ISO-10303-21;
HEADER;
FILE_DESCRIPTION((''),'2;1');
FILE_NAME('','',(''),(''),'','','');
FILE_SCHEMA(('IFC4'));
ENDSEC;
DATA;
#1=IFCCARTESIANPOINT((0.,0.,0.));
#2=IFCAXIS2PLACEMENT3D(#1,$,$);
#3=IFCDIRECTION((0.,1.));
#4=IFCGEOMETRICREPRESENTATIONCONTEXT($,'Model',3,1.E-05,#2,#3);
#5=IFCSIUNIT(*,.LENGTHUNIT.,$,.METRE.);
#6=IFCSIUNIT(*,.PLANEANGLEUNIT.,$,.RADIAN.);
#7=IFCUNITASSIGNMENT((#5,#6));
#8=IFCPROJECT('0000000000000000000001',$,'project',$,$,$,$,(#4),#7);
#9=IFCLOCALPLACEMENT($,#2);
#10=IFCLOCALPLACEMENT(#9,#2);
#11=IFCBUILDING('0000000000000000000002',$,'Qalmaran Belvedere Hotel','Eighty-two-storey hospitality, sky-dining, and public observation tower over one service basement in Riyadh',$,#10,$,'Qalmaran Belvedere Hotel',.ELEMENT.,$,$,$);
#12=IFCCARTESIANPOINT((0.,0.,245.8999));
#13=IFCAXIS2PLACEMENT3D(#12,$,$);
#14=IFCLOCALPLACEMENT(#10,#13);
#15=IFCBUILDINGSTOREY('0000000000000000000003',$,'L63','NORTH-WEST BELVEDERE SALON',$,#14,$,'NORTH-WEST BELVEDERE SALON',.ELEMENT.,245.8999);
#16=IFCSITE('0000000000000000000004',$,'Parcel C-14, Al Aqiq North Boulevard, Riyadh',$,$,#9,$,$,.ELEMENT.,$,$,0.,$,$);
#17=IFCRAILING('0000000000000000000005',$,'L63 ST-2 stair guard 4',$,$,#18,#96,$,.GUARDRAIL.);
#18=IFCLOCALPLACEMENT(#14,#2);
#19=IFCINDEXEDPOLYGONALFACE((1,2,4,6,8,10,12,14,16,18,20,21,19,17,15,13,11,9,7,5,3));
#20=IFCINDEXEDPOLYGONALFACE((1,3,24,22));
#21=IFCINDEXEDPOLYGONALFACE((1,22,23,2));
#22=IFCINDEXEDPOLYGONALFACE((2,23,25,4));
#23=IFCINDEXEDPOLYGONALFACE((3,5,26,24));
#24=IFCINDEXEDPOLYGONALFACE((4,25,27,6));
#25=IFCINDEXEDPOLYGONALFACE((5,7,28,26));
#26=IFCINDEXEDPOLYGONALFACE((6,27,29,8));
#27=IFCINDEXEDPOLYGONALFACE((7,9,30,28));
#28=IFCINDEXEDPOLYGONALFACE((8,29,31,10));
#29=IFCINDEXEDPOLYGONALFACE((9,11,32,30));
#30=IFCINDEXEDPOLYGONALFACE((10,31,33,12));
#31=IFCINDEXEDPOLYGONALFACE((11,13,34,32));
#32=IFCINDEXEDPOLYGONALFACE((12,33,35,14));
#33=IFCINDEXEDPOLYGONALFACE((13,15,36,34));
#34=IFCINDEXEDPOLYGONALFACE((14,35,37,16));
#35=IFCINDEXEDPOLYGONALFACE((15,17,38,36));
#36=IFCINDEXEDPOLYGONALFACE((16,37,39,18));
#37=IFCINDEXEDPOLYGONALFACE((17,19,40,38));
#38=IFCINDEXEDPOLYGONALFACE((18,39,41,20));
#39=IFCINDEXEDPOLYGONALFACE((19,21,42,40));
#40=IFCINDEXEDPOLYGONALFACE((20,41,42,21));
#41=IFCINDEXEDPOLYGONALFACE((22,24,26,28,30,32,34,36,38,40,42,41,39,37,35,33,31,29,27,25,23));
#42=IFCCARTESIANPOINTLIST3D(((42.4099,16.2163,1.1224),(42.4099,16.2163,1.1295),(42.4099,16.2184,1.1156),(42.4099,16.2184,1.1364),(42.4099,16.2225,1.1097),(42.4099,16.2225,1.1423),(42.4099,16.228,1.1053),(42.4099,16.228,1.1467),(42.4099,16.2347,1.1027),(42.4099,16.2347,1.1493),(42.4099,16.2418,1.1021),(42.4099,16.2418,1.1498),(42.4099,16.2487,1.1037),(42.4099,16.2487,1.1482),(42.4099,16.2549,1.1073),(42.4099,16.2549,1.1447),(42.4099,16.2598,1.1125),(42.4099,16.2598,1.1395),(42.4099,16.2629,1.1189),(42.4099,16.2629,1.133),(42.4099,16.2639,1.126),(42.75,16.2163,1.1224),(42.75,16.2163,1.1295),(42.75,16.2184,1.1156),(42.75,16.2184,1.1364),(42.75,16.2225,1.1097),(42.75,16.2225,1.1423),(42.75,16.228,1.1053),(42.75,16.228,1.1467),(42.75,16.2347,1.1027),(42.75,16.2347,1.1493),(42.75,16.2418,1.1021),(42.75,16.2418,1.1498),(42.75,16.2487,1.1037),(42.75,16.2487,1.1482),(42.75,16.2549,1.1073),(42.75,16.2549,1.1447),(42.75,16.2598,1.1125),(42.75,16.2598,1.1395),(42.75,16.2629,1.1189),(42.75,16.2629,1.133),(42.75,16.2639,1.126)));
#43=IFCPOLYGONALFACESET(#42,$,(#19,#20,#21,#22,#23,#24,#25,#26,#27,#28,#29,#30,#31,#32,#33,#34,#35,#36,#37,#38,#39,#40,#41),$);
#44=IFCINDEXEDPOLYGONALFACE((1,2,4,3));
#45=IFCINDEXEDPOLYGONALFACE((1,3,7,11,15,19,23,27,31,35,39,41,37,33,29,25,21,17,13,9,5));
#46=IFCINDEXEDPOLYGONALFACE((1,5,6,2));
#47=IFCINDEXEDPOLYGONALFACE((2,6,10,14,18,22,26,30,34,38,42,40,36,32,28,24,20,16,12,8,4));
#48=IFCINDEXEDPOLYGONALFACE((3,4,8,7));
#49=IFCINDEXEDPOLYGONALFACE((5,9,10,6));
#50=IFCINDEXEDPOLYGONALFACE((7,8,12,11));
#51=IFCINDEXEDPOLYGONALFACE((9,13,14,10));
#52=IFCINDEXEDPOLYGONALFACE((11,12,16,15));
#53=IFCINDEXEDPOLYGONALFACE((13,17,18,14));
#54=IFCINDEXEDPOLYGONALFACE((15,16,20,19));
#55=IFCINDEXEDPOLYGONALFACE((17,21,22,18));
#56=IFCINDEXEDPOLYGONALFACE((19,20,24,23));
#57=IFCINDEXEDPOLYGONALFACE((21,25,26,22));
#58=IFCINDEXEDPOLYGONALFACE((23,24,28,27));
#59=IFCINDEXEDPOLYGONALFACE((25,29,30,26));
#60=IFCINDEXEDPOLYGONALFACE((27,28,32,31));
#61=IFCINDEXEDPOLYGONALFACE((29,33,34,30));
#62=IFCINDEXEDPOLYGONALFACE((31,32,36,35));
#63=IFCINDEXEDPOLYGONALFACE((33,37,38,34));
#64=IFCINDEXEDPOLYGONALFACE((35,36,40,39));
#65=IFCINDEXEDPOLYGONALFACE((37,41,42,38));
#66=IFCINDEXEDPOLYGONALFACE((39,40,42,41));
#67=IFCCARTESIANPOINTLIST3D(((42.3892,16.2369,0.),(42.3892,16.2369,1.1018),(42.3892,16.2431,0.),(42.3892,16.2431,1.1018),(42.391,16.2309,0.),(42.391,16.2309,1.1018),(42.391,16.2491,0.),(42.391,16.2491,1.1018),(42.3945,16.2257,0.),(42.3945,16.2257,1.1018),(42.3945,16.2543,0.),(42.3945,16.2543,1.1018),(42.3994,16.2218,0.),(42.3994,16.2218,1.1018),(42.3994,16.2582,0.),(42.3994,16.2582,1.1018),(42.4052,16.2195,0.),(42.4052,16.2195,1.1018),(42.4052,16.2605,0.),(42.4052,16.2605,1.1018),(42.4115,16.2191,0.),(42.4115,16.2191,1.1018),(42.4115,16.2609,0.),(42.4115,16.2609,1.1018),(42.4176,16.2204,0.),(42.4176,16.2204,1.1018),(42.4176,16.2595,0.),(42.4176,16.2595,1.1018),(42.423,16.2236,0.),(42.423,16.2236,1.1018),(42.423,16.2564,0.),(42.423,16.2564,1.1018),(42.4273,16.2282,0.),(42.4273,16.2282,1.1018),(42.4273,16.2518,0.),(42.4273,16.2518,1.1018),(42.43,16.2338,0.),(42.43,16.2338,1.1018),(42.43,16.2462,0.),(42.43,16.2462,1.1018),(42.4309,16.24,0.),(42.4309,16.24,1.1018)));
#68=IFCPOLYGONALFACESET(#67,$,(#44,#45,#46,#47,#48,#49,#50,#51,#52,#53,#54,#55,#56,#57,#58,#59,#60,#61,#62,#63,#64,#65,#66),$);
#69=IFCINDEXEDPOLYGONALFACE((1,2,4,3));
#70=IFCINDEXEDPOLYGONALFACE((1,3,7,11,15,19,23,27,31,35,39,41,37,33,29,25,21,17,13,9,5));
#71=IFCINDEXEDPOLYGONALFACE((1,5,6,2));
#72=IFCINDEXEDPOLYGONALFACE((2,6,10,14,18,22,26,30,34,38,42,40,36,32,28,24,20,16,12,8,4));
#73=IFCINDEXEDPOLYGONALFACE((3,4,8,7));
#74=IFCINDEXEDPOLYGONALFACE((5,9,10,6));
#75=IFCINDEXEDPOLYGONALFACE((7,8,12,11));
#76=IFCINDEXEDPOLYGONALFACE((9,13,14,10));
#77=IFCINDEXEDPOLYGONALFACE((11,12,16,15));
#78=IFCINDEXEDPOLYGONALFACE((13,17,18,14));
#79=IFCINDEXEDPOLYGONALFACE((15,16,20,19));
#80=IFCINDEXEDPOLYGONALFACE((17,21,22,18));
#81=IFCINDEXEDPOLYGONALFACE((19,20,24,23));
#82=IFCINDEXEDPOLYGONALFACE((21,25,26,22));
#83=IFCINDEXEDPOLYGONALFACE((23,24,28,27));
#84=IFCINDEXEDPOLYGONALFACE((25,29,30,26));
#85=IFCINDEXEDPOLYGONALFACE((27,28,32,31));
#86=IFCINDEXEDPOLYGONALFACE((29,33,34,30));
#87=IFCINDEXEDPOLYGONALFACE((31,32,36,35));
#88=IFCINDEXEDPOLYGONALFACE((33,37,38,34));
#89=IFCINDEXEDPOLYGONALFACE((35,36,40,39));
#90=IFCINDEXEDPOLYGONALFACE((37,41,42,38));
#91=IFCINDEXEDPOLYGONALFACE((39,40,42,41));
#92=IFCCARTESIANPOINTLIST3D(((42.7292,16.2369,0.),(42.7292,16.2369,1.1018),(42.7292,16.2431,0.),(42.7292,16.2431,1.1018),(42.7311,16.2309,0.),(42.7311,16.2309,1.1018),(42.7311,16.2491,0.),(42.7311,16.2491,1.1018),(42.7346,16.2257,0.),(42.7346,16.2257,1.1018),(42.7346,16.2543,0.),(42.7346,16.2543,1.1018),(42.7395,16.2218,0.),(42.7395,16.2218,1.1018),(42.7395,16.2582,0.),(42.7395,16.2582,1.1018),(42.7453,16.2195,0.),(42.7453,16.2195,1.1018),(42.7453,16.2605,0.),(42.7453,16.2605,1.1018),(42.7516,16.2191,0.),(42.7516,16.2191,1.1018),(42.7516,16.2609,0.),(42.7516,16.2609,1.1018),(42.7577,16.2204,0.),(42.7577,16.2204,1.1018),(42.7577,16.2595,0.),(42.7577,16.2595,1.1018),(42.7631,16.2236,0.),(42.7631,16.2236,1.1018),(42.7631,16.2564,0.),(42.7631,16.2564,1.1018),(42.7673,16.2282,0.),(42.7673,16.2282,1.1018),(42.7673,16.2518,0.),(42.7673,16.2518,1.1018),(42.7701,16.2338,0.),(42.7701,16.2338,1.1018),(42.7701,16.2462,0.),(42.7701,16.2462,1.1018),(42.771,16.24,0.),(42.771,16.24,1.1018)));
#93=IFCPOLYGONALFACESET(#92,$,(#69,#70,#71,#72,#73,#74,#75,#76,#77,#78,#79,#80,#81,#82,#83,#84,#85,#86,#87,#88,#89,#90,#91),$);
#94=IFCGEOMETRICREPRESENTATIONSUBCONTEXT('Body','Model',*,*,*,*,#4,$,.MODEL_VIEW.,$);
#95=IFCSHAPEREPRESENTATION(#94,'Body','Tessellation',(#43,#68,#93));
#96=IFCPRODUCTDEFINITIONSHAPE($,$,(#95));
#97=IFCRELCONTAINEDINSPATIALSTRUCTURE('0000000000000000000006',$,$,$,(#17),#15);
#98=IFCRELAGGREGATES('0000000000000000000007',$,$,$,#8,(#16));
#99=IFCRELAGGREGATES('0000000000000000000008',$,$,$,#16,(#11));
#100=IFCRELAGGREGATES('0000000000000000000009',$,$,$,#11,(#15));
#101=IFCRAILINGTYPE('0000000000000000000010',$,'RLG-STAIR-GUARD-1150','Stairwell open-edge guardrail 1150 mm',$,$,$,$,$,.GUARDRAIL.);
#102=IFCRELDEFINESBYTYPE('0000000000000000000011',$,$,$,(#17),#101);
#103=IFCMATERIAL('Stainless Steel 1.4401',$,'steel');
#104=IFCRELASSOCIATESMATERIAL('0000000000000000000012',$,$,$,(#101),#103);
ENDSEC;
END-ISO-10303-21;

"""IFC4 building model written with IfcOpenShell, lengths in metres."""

from ifc_helpers import new_model, si_unit, direction, frame, origin, origin_2d, place, context, subcontext, project, spatial, circle, extrude, material, type_object, element, save


model = new_model("IFC4")

# Units and contexts
model_context = context("Model", 3, precision=1e-05, world=origin(), true_north=direction((0.0, 1.0)))
body_context = subcontext(model_context, "Body", "Model", "MODEL_VIEW")
ifc_project = project(units=[si_unit("LENGTHUNIT", "METRE"), si_unit("PLANEANGLEUNIT", "RADIAN")], contexts=[model_context])

# Site, building, storey
site_placement = place(None, origin())
site = spatial("IfcSite", under=ifc_project, at=site_placement, Name="Parcel C-14, Al Aqiq North Boulevard, Riyadh", CompositionType="ELEMENT", RefElevation=0.0)
building_placement = place(site_placement, origin())
building = spatial("IfcBuilding", under=site, at=building_placement, Name="Qalmaran Belvedere Hotel", Description="Eighty-two-storey hospitality, sky-dining, and public observation tower over one service basement in Riyadh", LongName="Qalmaran Belvedere Hotel", CompositionType="ELEMENT")
storey_placement = place(building_placement, frame((0.0, 0.0, 245.8999)))
storey = spatial("IfcBuildingStorey", under=building, at=storey_placement, Name="L63", Description="NORTH-WEST BELVEDERE SALON", LongName="NORTH-WEST BELVEDERE SALON", CompositionType="ELEMENT", Elevation=245.8999)

# Railing
ifc_material_1 = material(Name="Stainless Steel 1.4401", Category="steel")
railing_type_1 = type_object("IfcRailingType", Name="RLG-STAIR-GUARD-1150", Description="Stairwell open-edge guardrail 1150 mm", PredefinedType="GUARDRAIL", material=ifc_material_1)
railing_1_placement = place(storey_placement, frame((42.4099, 16.24, 0.0)))
element("IfcRailing", 1, at=railing_1_placement, inside=storey, type_object=railing_type_1, Name="L63 ST-2 stair guard 4", PredefinedType="GUARDRAIL", context=body_context, shape_type="SweptSolid", body=[
    extrude(circle(Radius=0.0239, at=origin_2d()), frame((0.0, 0.0, 1.126), z_axis=(1.0, 0.0, 0.0), x_axis=(0.0, 1.0, 0.0)), (0.0, 0.0, 1.0), 0.3401),
    extrude(circle(Radius=0.021, at=origin_2d()), origin(), (0.0, 0.0, 1.0), 1.1018),
    extrude(circle(Radius=0.021, at=origin_2d()), frame((0.3401, 0.0, 0.0)), (0.0, 0.0, 1.0), 1.1018),
])

save(model, "model.ifc")
